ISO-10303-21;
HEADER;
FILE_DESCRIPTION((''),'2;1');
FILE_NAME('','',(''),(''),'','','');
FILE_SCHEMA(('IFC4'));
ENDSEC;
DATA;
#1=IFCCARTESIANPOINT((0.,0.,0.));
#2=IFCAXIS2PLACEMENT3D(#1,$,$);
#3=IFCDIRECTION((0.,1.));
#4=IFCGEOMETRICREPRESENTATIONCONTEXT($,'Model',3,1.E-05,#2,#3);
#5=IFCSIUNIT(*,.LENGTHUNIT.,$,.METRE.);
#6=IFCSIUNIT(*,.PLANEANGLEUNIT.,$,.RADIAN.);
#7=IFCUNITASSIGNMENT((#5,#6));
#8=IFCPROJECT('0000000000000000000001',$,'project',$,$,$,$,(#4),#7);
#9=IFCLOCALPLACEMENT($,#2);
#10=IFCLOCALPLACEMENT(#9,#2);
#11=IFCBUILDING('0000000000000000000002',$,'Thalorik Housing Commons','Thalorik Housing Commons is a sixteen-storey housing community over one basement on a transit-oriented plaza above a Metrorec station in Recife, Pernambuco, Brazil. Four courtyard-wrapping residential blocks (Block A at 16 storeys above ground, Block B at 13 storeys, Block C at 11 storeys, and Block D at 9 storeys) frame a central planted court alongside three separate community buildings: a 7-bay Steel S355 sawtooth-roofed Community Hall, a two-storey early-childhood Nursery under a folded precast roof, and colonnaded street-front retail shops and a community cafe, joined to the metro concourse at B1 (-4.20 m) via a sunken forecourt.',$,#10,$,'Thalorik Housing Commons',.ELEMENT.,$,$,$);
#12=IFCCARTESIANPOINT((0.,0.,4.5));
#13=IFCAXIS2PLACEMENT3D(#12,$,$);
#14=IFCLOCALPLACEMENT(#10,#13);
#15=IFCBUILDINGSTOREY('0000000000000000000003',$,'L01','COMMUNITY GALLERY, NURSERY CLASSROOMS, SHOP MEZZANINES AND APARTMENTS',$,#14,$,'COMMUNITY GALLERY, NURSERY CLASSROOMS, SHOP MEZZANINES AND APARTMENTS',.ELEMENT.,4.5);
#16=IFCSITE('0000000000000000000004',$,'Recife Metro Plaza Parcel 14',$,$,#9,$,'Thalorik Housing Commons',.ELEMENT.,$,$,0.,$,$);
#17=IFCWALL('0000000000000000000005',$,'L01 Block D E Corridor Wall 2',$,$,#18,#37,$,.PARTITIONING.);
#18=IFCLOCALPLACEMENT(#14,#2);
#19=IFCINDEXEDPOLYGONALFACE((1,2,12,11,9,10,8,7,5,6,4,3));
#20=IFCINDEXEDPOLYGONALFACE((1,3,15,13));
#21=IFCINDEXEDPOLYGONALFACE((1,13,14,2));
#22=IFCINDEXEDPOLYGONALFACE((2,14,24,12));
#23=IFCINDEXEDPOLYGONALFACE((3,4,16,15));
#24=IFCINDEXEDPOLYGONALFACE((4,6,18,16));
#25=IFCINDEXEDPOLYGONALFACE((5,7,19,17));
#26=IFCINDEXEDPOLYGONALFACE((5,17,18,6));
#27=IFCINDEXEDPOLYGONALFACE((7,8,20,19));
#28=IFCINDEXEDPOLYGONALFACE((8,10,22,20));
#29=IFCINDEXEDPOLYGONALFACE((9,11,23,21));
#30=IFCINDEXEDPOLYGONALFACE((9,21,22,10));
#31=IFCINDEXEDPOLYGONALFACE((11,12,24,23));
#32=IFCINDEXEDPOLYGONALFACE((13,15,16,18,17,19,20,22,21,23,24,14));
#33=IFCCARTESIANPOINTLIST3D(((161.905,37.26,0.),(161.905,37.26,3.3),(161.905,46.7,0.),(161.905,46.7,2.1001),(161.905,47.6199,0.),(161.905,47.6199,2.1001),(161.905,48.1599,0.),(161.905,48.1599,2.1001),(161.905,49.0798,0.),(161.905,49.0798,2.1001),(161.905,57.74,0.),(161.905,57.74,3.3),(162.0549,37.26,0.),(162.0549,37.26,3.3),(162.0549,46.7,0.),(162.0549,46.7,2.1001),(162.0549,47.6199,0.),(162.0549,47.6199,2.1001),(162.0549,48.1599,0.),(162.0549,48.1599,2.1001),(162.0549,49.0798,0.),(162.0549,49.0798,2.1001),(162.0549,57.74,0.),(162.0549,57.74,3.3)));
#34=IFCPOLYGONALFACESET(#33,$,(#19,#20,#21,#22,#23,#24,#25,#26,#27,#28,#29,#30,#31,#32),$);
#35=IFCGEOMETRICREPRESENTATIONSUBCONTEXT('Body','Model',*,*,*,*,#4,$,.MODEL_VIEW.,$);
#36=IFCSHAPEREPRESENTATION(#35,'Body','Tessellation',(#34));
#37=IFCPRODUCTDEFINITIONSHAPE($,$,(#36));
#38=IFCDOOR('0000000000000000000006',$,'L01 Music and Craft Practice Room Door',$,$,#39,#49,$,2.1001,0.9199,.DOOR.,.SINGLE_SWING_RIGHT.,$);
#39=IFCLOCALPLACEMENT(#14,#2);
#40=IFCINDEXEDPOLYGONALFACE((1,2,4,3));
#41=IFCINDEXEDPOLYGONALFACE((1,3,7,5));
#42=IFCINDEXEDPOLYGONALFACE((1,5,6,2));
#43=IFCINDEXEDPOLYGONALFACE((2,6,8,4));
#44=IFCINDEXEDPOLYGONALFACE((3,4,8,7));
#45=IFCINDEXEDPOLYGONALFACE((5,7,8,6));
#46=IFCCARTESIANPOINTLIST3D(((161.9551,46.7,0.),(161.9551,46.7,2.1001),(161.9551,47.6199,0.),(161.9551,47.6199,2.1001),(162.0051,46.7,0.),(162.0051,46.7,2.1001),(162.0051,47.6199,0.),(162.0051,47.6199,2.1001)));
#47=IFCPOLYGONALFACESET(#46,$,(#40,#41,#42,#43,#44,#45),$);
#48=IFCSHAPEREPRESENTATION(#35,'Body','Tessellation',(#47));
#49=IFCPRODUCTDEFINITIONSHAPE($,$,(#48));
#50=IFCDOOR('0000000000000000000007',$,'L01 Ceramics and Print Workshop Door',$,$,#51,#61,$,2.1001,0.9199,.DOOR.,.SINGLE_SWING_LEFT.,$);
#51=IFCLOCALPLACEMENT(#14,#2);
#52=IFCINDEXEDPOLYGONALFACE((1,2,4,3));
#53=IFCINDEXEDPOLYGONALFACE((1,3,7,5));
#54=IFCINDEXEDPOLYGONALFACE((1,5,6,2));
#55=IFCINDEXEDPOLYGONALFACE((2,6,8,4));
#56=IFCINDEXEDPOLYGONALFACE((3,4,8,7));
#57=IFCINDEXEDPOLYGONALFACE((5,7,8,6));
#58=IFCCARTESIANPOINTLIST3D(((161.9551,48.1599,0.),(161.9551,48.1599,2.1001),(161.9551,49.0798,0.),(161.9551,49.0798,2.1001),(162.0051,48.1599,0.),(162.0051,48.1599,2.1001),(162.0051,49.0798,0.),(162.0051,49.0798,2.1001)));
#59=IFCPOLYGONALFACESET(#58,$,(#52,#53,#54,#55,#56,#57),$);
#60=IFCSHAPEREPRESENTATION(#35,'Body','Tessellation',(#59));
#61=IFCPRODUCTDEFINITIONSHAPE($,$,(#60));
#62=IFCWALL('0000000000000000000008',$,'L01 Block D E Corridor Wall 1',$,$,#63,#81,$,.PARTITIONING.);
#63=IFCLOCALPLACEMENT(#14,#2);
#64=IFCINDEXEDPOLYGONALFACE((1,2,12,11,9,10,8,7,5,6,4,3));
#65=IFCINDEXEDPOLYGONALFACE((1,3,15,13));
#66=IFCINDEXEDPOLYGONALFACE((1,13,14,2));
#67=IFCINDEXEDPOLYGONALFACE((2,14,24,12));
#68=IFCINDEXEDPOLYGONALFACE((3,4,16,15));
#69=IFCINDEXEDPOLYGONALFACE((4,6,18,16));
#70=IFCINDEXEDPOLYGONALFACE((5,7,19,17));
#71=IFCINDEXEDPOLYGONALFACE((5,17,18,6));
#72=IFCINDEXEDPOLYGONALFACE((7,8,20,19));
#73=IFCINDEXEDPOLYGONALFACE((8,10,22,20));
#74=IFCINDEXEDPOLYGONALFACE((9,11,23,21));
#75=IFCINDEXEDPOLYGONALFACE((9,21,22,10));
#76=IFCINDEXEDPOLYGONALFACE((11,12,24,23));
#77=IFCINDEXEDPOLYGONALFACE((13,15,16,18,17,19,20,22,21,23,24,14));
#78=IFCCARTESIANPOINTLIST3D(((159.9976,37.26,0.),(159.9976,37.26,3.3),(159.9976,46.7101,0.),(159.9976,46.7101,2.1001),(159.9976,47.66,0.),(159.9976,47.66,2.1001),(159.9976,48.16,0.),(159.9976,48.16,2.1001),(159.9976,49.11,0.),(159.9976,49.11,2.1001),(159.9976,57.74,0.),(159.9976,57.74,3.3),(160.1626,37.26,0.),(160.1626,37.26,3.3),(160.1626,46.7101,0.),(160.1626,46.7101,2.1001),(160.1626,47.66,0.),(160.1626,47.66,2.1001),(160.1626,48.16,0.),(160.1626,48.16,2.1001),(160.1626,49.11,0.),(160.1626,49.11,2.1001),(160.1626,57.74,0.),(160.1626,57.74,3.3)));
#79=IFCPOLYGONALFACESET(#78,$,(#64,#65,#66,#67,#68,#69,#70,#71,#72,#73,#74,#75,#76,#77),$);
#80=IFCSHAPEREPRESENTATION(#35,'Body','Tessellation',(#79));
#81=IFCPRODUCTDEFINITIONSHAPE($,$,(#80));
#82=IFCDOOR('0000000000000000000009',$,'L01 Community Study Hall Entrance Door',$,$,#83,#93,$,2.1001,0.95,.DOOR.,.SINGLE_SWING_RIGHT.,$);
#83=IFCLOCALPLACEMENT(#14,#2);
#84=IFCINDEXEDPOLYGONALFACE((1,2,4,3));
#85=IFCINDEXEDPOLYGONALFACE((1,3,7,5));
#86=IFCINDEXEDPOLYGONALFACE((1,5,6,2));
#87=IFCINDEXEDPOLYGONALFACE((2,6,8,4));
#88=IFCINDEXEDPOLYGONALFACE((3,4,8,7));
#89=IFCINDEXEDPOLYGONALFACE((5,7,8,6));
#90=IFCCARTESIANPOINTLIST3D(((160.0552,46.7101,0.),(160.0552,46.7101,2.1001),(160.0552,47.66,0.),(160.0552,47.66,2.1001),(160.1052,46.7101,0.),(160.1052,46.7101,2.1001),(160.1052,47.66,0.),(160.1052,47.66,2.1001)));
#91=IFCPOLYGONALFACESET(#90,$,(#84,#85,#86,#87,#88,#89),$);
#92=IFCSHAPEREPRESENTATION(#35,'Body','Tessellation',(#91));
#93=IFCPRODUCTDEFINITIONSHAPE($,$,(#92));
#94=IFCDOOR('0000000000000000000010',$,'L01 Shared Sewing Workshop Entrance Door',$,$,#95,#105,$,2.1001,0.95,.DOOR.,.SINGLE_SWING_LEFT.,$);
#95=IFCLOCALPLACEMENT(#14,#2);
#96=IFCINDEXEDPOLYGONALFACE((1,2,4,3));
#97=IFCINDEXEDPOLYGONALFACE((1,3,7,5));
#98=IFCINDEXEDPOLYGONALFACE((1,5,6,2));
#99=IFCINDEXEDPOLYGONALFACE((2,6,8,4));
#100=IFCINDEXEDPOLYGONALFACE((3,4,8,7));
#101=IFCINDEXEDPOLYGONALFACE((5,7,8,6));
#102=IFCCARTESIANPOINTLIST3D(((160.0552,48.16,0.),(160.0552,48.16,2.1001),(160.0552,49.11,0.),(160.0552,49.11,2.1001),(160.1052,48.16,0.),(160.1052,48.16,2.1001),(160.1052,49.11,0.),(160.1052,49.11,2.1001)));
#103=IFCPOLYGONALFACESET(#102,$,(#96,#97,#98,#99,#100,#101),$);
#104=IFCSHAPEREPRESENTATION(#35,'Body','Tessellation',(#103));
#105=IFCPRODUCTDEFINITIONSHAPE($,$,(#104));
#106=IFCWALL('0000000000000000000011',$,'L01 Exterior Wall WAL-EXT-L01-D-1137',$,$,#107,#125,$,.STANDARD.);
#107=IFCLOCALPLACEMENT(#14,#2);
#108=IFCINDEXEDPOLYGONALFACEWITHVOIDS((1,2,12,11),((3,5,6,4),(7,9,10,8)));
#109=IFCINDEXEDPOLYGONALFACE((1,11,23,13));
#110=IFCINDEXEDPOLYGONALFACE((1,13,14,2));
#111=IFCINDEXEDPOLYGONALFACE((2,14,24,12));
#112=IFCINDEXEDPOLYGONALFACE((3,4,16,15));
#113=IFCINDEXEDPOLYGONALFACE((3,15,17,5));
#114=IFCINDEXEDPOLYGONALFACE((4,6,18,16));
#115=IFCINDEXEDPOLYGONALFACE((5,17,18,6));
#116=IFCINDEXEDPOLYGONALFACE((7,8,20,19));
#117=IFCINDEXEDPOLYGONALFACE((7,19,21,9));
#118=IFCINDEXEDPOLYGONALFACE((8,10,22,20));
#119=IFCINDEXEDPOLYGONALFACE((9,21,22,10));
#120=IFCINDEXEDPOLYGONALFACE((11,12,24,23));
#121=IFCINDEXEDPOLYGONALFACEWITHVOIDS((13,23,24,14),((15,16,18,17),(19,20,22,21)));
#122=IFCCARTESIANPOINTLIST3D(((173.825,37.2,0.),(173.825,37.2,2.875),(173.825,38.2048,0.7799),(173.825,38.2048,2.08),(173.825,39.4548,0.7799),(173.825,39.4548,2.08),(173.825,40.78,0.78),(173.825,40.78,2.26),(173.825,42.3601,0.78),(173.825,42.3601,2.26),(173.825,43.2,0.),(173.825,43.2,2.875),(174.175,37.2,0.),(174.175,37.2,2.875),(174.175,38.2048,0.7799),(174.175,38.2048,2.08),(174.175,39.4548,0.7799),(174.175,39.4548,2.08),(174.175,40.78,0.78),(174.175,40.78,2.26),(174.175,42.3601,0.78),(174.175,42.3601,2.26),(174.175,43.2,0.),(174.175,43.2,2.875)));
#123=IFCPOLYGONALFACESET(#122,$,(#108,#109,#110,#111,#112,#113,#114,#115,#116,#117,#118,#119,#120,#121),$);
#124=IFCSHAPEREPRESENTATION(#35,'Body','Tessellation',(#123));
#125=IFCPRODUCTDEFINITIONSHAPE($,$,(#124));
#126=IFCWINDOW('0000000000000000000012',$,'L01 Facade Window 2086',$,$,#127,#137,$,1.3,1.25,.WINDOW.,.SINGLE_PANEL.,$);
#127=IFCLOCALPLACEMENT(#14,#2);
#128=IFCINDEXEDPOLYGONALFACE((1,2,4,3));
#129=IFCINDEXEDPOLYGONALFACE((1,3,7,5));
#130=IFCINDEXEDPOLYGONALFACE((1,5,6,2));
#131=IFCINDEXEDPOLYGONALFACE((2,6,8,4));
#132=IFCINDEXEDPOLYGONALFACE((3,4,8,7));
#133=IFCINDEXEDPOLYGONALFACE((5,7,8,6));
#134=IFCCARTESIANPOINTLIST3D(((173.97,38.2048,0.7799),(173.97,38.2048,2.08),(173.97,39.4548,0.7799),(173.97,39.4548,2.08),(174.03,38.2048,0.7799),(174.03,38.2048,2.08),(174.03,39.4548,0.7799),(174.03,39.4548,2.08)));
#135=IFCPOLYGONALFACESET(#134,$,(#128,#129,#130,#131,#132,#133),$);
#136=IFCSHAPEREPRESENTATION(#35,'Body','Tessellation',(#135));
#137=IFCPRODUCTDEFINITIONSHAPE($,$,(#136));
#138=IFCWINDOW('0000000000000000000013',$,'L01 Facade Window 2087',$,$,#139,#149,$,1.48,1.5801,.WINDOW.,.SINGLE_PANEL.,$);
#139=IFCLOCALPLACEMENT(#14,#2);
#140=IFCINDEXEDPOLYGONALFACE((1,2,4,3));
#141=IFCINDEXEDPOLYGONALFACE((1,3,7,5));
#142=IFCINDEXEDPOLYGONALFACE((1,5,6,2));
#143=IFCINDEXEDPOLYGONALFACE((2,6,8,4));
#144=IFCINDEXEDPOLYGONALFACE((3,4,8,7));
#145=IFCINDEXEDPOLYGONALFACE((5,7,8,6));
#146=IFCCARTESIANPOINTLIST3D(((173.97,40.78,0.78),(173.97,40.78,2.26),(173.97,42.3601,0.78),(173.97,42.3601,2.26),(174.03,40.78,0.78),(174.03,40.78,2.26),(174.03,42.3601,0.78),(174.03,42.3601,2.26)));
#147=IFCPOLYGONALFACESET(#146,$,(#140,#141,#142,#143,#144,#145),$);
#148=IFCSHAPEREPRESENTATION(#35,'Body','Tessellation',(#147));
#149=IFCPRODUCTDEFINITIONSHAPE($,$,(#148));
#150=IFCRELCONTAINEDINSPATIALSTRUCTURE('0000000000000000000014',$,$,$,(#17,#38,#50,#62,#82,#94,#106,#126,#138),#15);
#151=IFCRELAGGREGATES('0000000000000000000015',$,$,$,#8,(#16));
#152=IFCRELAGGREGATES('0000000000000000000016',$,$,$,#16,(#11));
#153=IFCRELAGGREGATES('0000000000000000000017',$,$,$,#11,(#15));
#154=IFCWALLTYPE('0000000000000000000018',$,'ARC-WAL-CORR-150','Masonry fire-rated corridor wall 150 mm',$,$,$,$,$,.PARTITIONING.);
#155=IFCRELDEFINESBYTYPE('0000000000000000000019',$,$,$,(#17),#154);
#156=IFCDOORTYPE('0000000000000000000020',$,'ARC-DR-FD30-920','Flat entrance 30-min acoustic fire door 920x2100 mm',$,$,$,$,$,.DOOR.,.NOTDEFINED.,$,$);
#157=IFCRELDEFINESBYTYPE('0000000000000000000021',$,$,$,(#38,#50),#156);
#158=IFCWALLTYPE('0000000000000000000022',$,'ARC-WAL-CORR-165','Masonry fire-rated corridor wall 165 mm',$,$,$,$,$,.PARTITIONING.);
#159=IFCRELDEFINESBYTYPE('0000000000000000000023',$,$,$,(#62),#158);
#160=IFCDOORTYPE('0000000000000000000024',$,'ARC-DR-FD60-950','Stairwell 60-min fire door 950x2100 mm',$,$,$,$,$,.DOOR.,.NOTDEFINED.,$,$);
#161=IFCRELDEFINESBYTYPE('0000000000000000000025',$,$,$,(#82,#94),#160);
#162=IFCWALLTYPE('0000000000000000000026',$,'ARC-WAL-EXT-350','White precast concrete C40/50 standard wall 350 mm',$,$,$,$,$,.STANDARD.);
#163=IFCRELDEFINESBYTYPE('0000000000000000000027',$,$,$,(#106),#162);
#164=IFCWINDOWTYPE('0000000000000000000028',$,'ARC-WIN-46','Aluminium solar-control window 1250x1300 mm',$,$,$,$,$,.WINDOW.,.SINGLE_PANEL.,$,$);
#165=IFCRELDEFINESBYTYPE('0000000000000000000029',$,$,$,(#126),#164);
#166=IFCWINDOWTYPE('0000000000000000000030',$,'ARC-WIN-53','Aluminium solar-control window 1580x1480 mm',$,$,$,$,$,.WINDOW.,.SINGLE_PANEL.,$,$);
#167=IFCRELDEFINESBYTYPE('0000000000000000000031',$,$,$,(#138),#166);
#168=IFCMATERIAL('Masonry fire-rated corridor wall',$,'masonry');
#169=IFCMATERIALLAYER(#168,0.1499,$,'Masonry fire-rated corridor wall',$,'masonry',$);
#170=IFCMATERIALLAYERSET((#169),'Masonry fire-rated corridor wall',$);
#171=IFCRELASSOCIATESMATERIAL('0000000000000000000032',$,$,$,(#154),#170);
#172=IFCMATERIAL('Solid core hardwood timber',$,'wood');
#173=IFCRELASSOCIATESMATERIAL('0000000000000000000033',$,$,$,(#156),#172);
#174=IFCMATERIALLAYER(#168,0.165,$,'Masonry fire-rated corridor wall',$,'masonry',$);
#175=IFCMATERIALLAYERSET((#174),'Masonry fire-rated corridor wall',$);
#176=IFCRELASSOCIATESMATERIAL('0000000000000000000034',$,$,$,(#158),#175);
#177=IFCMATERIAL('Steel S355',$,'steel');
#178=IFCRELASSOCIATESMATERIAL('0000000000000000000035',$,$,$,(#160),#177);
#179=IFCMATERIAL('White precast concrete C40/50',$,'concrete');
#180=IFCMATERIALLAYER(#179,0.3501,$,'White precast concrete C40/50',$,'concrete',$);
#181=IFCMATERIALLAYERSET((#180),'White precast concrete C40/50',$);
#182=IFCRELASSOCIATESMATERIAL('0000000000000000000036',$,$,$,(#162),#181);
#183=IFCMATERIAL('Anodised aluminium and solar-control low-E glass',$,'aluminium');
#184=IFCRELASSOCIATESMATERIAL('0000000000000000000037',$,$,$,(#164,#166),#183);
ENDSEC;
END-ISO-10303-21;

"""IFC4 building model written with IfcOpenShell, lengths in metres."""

from ifc_helpers import new_model, si_unit, direction, frame, frame_2d, origin, place, context, subcontext, project, spatial, rectangle, extrude, material, layer, layer_set, type_object, element, fill, save


model = new_model("IFC4")

# Units and contexts
model_context = context("Model", 3, precision=1e-05, world=origin(), true_north=direction((0.0, 1.0)))
body_context = subcontext(model_context, "Body", "Model", "MODEL_VIEW")
ifc_project = project(units=[si_unit("LENGTHUNIT", "METRE"), si_unit("PLANEANGLEUNIT", "RADIAN")], contexts=[model_context])

# Site, building, storey
site_placement = place(None, origin())
site = spatial("IfcSite", under=ifc_project, at=site_placement, Name="Recife Metro Plaza Parcel 14", LongName="Thalorik Housing Commons", CompositionType="ELEMENT", RefElevation=0.0)
building_placement = place(site_placement, origin())
building = spatial("IfcBuilding", under=site, at=building_placement, Name="Thalorik Housing Commons", Description="Thalorik Housing Commons is a sixteen-storey housing community over one basement on a transit-oriented plaza above a Metrorec station in Recife, Pernambuco, Brazil. Four courtyard-wrapping residential blocks (Block A at 16 storeys above ground, Block B at 13 storeys, Block C at 11 storeys, and Block D at 9 storeys) frame a central planted court alongside three separate community buildings: a 7-bay Steel S355 sawtooth-roofed Community Hall, a two-storey early-childhood Nursery under a folded precast roof, and colonnaded street-front retail shops and a community cafe, joined to the metro concourse at B1 (-4.20 m) via a sunken forecourt.", LongName="Thalorik Housing Commons", CompositionType="ELEMENT")
storey_placement = place(building_placement, frame((0.0, 0.0, 4.5)))
storey = spatial("IfcBuildingStorey", under=building, at=storey_placement, Name="L01", Description="COMMUNITY GALLERY, NURSERY CLASSROOMS, SHOP MEZZANINES AND APARTMENTS", LongName="COMMUNITY GALLERY, NURSERY CLASSROOMS, SHOP MEZZANINES AND APARTMENTS", CompositionType="ELEMENT", Elevation=4.5)

# Walls, openings, doors
ifc_material_1 = material(Name="Masonry fire-rated corridor wall", Category="masonry")
ifc_layer_1 = layer(ifc_material_1, 0.1499, Name="Masonry fire-rated corridor wall", Category="masonry")
ifc_layer_set_1 = layer_set([ifc_layer_1], Name="Masonry fire-rated corridor wall")
wall_type_1 = type_object("IfcWallType", Name="ARC-WAL-CORR-150", Description="Masonry fire-rated corridor wall 150 mm", PredefinedType="PARTITIONING", material=ifc_layer_set_1)
wall_1_placement = place(storey_placement, frame((161.98, 37.26, 0.0), z_axis=(0.0, 0.0, 1.0), x_axis=(0.0, 1.0, 0.0)))
wall_1 = element("IfcWall", 1, at=wall_1_placement, inside=storey, type_object=wall_type_1, Name="L01 Block D E Corridor Wall 2", PredefinedType="PARTITIONING", context=body_context, shape_type="SweptSolid", body=[
    extrude(rectangle(XDim=20.48, YDim=0.1499, at=frame_2d((10.24, 0.0))), origin(), (0.0, 0.0, 1.0), 3.3),
])
opening_1_placement = place(wall_1_placement, frame((9.4399, 0.0, 0.0)))
opening_1 = element("IfcOpeningElement", 2, at=opening_1_placement, cuts=wall_1, PredefinedType="OPENING", context=body_context, shape_type="SweptSolid", body=[
    extrude(rectangle(XDim=0.9199, YDim=2.1001, at=frame_2d((0.46, 1.05))), frame((0.0, 0.085, 0.0), z_axis=(0.0, -1.0, 0.0), x_axis=(1.0, 0.0, 0.0)), (0.0, 0.0, 1.0), 0.1699),
])
opening_2_placement = place(wall_1_placement, frame((10.8999, 0.0, 0.0)))
opening_2 = element("IfcOpeningElement", 3, at=opening_2_placement, cuts=wall_1, PredefinedType="OPENING", context=body_context, shape_type="SweptSolid", body=[
    extrude(rectangle(XDim=0.9199, YDim=2.1001, at=frame_2d((0.46, 1.05))), frame((0.0, 0.085, 0.0), z_axis=(0.0, -1.0, 0.0), x_axis=(1.0, 0.0, 0.0)), (0.0, 0.0, 1.0), 0.1699),
])
ifc_material_2 = material(Name="Solid core hardwood timber", Category="wood")
door_type_1 = type_object("IfcDoorType", Name="ARC-DR-FD30-920", Description="Flat entrance 30-min acoustic fire door 920x2100 mm", OperationType="NOTDEFINED", PredefinedType="DOOR", material=ifc_material_2)
door_1_placement = place(opening_1_placement, origin())
door_1 = element("IfcDoor", 4, at=door_1_placement, inside=storey, type_object=door_type_1, Name="L01 Music and Craft Practice Room Door", OperationType="SINGLE_SWING_RIGHT", OverallHeight=2.1001, OverallWidth=0.9199, PredefinedType="DOOR", context=body_context, shape_type="SweptSolid", body=[
    extrude(rectangle(XDim=0.9199, YDim=2.1001, at=frame_2d((0.46, 1.05))), frame((0.0, 0.0249, 0.0), z_axis=(0.0, -1.0, 0.0), x_axis=(1.0, 0.0, 0.0)), (0.0, 0.0, 1.0), 0.05),
])
fill(opening_1, door_1)
door_2_placement = place(opening_2_placement, origin())
door_2 = element("IfcDoor", 5, at=door_2_placement, inside=storey, type_object=door_type_1, Name="L01 Ceramics and Print Workshop Door", OperationType="SINGLE_SWING_LEFT", OverallHeight=2.1001, OverallWidth=0.9199, PredefinedType="DOOR", context=body_context, shape_type="SweptSolid", body=[
    extrude(rectangle(XDim=0.9199, YDim=2.1001, at=frame_2d((0.46, 1.05))), frame((0.0, 0.0249, 0.0), z_axis=(0.0, -1.0, 0.0), x_axis=(1.0, 0.0, 0.0)), (0.0, 0.0, 1.0), 0.05),
])
fill(opening_2, door_2)
ifc_layer_2 = layer(ifc_material_1, 0.165, Name="Masonry fire-rated corridor wall", Category="masonry")
ifc_layer_set_2 = layer_set([ifc_layer_2], Name="Masonry fire-rated corridor wall")
wall_type_2 = type_object("IfcWallType", Name="ARC-WAL-CORR-165", Description="Masonry fire-rated corridor wall 165 mm", PredefinedType="PARTITIONING", material=ifc_layer_set_2)
wall_2_placement = place(storey_placement, frame((160.0801, 37.26, 0.0), z_axis=(0.0, 0.0, 1.0), x_axis=(0.0, 1.0, 0.0)))
wall_2 = element("IfcWall", 6, at=wall_2_placement, inside=storey, type_object=wall_type_2, Name="L01 Block D E Corridor Wall 1", PredefinedType="PARTITIONING", context=body_context, shape_type="SweptSolid", body=[
    extrude(rectangle(XDim=20.48, YDim=0.165, at=frame_2d((10.24, 0.0))), origin(), (0.0, 0.0, 1.0), 3.3),
])
opening_3_placement = place(wall_2_placement, frame((9.45, 0.0, 0.0)))
opening_3 = element("IfcOpeningElement", 7, at=opening_3_placement, cuts=wall_2, PredefinedType="OPENING", context=body_context, shape_type="SweptSolid", body=[
    extrude(rectangle(XDim=0.95, YDim=2.1001, at=frame_2d((0.4751, 1.05))), frame((0.0, 0.0925, 0.0), z_axis=(0.0, -1.0, 0.0), x_axis=(1.0, 0.0, 0.0)), (0.0, 0.0, 1.0), 0.1851),
])
opening_4_placement = place(wall_2_placement, frame((10.8999, 0.0, 0.0)))
opening_4 = element("IfcOpeningElement", 8, at=opening_4_placement, cuts=wall_2, PredefinedType="OPENING", context=body_context, shape_type="SweptSolid", body=[
    extrude(rectangle(XDim=0.95, YDim=2.1001, at=frame_2d((0.4751, 1.05))), frame((0.0, 0.0925, 0.0), z_axis=(0.0, -1.0, 0.0), x_axis=(1.0, 0.0, 0.0)), (0.0, 0.0, 1.0), 0.1851),
])
ifc_material_3 = material(Name="Steel S355", Category="steel")
door_type_2 = type_object("IfcDoorType", Name="ARC-DR-FD60-950", Description="Stairwell 60-min fire door 950x2100 mm", OperationType="NOTDEFINED", PredefinedType="DOOR", material=ifc_material_3)
door_3_placement = place(opening_3_placement, origin())
door_3 = element("IfcDoor", 9, at=door_3_placement, inside=storey, type_object=door_type_2, Name="L01 Community Study Hall Entrance Door", OperationType="SINGLE_SWING_RIGHT", OverallHeight=2.1001, OverallWidth=0.95, PredefinedType="DOOR", context=body_context, shape_type="SweptSolid", body=[
    extrude(rectangle(XDim=0.95, YDim=2.1001, at=frame_2d((0.4751, 1.05))), frame((0.0, 0.0249, 0.0), z_axis=(0.0, -1.0, 0.0), x_axis=(1.0, 0.0, 0.0)), (0.0, 0.0, 1.0), 0.05),
])
fill(opening_3, door_3)
door_4_placement = place(opening_4_placement, origin())
door_4 = element("IfcDoor", 10, at=door_4_placement, inside=storey, type_object=door_type_2, Name="L01 Shared Sewing Workshop Entrance Door", OperationType="SINGLE_SWING_LEFT", OverallHeight=2.1001, OverallWidth=0.95, PredefinedType="DOOR", context=body_context, shape_type="SweptSolid", body=[
    extrude(rectangle(XDim=0.95, YDim=2.1001, at=frame_2d((0.4751, 1.05))), frame((0.0, 0.0249, 0.0), z_axis=(0.0, -1.0, 0.0), x_axis=(1.0, 0.0, 0.0)), (0.0, 0.0, 1.0), 0.05),
])
fill(opening_4, door_4)

# Wall, openings, windows
ifc_material_4 = material(Name="White precast concrete C40/50", Category="concrete")
ifc_layer_3 = layer(ifc_material_4, 0.3501, Name="White precast concrete C40/50", Category="concrete")
ifc_layer_set_3 = layer_set([ifc_layer_3], Name="White precast concrete C40/50")
wall_type_3 = type_object("IfcWallType", Name="ARC-WAL-EXT-350", Description="White precast concrete C40/50 standard wall 350 mm", PredefinedType="STANDARD", material=ifc_layer_set_3)
wall_3_placement = place(storey_placement, frame((174.0, 37.2, 0.0), z_axis=(0.0, 0.0, 1.0), x_axis=(0.0, 1.0, 0.0)))
wall_3 = element("IfcWall", 11, at=wall_3_placement, inside=storey, type_object=wall_type_3, Name="L01 Exterior Wall WAL-EXT-L01-D-1137", PredefinedType="STANDARD", context=body_context, shape_type="SweptSolid", body=[
    extrude(rectangle(XDim=6.0, YDim=0.3501, at=frame_2d((3.0, 0.0))), origin(), (0.0, 0.0, 1.0), 2.875),
])
opening_5_placement = place(wall_3_placement, frame((1.0049, 0.0, 0.78)))
opening_5 = element("IfcOpeningElement", 12, at=opening_5_placement, cuts=wall_3, PredefinedType="OPENING", context=body_context, shape_type="SweptSolid", body=[
    extrude(rectangle(XDim=1.25, YDim=1.3, at=frame_2d((0.625, 0.6499))), frame((0.0, 0.1851, 0.0), z_axis=(0.0, -1.0, 0.0), x_axis=(1.0, 0.0, 0.0)), (0.0, 0.0, 1.0), 0.3701),
])
opening_6_placement = place(wall_3_placement, frame((3.5801, 0.0, 0.78)))
opening_6 = element("IfcOpeningElement", 13, at=opening_6_placement, cuts=wall_3, PredefinedType="OPENING", context=body_context, shape_type="SweptSolid", body=[
    extrude(rectangle(XDim=1.5801, YDim=1.48, at=frame_2d((0.79, 0.74))), frame((0.0, 0.1851, 0.0), z_axis=(0.0, -1.0, 0.0), x_axis=(1.0, 0.0, 0.0)), (0.0, 0.0, 1.0), 0.3701),
])
ifc_material_5 = material(Name="Anodised aluminium and solar-control low-E glass", Category="aluminium")
window_type_1 = type_object("IfcWindowType", Name="ARC-WIN-46", Description="Aluminium solar-control window 1250x1300 mm", PartitioningType="SINGLE_PANEL", PredefinedType="WINDOW", material=ifc_material_5)
window_1_placement = place(opening_5_placement, origin())
window_1 = element("IfcWindow", 14, at=window_1_placement, inside=storey, type_object=window_type_1, Name="L01 Facade Window 2086", OverallHeight=1.3, OverallWidth=1.25, PartitioningType="SINGLE_PANEL", PredefinedType="WINDOW", context=body_context, shape_type="SweptSolid", body=[
    extrude(rectangle(XDim=1.25, YDim=1.3, at=frame_2d((0.625, 0.6499))), frame((0.0, 0.03, 0.0), z_axis=(0.0, -1.0, 0.0), x_axis=(1.0, 0.0, 0.0)), (0.0, 0.0, 1.0), 0.0601),
])
fill(opening_5, window_1)
window_type_2 = type_object("IfcWindowType", Name="ARC-WIN-53", Description="Aluminium solar-control window 1580x1480 mm", PartitioningType="SINGLE_PANEL", PredefinedType="WINDOW", material=ifc_material_5)
window_2_placement = place(opening_6_placement, origin())
window_2 = element("IfcWindow", 15, at=window_2_placement, inside=storey, type_object=window_type_2, Name="L01 Facade Window 2087", OverallHeight=1.48, OverallWidth=1.5801, PartitioningType="SINGLE_PANEL", PredefinedType="WINDOW", context=body_context, shape_type="SweptSolid", body=[
    extrude(rectangle(XDim=1.5801, YDim=1.48, at=frame_2d((0.79, 0.74))), frame((0.0, 0.03, 0.0), z_axis=(0.0, -1.0, 0.0), x_axis=(1.0, 0.0, 0.0)), (0.0, 0.0, 1.0), 0.0601),
])
fill(opening_6, window_2)

save(model, "model.ifc")
